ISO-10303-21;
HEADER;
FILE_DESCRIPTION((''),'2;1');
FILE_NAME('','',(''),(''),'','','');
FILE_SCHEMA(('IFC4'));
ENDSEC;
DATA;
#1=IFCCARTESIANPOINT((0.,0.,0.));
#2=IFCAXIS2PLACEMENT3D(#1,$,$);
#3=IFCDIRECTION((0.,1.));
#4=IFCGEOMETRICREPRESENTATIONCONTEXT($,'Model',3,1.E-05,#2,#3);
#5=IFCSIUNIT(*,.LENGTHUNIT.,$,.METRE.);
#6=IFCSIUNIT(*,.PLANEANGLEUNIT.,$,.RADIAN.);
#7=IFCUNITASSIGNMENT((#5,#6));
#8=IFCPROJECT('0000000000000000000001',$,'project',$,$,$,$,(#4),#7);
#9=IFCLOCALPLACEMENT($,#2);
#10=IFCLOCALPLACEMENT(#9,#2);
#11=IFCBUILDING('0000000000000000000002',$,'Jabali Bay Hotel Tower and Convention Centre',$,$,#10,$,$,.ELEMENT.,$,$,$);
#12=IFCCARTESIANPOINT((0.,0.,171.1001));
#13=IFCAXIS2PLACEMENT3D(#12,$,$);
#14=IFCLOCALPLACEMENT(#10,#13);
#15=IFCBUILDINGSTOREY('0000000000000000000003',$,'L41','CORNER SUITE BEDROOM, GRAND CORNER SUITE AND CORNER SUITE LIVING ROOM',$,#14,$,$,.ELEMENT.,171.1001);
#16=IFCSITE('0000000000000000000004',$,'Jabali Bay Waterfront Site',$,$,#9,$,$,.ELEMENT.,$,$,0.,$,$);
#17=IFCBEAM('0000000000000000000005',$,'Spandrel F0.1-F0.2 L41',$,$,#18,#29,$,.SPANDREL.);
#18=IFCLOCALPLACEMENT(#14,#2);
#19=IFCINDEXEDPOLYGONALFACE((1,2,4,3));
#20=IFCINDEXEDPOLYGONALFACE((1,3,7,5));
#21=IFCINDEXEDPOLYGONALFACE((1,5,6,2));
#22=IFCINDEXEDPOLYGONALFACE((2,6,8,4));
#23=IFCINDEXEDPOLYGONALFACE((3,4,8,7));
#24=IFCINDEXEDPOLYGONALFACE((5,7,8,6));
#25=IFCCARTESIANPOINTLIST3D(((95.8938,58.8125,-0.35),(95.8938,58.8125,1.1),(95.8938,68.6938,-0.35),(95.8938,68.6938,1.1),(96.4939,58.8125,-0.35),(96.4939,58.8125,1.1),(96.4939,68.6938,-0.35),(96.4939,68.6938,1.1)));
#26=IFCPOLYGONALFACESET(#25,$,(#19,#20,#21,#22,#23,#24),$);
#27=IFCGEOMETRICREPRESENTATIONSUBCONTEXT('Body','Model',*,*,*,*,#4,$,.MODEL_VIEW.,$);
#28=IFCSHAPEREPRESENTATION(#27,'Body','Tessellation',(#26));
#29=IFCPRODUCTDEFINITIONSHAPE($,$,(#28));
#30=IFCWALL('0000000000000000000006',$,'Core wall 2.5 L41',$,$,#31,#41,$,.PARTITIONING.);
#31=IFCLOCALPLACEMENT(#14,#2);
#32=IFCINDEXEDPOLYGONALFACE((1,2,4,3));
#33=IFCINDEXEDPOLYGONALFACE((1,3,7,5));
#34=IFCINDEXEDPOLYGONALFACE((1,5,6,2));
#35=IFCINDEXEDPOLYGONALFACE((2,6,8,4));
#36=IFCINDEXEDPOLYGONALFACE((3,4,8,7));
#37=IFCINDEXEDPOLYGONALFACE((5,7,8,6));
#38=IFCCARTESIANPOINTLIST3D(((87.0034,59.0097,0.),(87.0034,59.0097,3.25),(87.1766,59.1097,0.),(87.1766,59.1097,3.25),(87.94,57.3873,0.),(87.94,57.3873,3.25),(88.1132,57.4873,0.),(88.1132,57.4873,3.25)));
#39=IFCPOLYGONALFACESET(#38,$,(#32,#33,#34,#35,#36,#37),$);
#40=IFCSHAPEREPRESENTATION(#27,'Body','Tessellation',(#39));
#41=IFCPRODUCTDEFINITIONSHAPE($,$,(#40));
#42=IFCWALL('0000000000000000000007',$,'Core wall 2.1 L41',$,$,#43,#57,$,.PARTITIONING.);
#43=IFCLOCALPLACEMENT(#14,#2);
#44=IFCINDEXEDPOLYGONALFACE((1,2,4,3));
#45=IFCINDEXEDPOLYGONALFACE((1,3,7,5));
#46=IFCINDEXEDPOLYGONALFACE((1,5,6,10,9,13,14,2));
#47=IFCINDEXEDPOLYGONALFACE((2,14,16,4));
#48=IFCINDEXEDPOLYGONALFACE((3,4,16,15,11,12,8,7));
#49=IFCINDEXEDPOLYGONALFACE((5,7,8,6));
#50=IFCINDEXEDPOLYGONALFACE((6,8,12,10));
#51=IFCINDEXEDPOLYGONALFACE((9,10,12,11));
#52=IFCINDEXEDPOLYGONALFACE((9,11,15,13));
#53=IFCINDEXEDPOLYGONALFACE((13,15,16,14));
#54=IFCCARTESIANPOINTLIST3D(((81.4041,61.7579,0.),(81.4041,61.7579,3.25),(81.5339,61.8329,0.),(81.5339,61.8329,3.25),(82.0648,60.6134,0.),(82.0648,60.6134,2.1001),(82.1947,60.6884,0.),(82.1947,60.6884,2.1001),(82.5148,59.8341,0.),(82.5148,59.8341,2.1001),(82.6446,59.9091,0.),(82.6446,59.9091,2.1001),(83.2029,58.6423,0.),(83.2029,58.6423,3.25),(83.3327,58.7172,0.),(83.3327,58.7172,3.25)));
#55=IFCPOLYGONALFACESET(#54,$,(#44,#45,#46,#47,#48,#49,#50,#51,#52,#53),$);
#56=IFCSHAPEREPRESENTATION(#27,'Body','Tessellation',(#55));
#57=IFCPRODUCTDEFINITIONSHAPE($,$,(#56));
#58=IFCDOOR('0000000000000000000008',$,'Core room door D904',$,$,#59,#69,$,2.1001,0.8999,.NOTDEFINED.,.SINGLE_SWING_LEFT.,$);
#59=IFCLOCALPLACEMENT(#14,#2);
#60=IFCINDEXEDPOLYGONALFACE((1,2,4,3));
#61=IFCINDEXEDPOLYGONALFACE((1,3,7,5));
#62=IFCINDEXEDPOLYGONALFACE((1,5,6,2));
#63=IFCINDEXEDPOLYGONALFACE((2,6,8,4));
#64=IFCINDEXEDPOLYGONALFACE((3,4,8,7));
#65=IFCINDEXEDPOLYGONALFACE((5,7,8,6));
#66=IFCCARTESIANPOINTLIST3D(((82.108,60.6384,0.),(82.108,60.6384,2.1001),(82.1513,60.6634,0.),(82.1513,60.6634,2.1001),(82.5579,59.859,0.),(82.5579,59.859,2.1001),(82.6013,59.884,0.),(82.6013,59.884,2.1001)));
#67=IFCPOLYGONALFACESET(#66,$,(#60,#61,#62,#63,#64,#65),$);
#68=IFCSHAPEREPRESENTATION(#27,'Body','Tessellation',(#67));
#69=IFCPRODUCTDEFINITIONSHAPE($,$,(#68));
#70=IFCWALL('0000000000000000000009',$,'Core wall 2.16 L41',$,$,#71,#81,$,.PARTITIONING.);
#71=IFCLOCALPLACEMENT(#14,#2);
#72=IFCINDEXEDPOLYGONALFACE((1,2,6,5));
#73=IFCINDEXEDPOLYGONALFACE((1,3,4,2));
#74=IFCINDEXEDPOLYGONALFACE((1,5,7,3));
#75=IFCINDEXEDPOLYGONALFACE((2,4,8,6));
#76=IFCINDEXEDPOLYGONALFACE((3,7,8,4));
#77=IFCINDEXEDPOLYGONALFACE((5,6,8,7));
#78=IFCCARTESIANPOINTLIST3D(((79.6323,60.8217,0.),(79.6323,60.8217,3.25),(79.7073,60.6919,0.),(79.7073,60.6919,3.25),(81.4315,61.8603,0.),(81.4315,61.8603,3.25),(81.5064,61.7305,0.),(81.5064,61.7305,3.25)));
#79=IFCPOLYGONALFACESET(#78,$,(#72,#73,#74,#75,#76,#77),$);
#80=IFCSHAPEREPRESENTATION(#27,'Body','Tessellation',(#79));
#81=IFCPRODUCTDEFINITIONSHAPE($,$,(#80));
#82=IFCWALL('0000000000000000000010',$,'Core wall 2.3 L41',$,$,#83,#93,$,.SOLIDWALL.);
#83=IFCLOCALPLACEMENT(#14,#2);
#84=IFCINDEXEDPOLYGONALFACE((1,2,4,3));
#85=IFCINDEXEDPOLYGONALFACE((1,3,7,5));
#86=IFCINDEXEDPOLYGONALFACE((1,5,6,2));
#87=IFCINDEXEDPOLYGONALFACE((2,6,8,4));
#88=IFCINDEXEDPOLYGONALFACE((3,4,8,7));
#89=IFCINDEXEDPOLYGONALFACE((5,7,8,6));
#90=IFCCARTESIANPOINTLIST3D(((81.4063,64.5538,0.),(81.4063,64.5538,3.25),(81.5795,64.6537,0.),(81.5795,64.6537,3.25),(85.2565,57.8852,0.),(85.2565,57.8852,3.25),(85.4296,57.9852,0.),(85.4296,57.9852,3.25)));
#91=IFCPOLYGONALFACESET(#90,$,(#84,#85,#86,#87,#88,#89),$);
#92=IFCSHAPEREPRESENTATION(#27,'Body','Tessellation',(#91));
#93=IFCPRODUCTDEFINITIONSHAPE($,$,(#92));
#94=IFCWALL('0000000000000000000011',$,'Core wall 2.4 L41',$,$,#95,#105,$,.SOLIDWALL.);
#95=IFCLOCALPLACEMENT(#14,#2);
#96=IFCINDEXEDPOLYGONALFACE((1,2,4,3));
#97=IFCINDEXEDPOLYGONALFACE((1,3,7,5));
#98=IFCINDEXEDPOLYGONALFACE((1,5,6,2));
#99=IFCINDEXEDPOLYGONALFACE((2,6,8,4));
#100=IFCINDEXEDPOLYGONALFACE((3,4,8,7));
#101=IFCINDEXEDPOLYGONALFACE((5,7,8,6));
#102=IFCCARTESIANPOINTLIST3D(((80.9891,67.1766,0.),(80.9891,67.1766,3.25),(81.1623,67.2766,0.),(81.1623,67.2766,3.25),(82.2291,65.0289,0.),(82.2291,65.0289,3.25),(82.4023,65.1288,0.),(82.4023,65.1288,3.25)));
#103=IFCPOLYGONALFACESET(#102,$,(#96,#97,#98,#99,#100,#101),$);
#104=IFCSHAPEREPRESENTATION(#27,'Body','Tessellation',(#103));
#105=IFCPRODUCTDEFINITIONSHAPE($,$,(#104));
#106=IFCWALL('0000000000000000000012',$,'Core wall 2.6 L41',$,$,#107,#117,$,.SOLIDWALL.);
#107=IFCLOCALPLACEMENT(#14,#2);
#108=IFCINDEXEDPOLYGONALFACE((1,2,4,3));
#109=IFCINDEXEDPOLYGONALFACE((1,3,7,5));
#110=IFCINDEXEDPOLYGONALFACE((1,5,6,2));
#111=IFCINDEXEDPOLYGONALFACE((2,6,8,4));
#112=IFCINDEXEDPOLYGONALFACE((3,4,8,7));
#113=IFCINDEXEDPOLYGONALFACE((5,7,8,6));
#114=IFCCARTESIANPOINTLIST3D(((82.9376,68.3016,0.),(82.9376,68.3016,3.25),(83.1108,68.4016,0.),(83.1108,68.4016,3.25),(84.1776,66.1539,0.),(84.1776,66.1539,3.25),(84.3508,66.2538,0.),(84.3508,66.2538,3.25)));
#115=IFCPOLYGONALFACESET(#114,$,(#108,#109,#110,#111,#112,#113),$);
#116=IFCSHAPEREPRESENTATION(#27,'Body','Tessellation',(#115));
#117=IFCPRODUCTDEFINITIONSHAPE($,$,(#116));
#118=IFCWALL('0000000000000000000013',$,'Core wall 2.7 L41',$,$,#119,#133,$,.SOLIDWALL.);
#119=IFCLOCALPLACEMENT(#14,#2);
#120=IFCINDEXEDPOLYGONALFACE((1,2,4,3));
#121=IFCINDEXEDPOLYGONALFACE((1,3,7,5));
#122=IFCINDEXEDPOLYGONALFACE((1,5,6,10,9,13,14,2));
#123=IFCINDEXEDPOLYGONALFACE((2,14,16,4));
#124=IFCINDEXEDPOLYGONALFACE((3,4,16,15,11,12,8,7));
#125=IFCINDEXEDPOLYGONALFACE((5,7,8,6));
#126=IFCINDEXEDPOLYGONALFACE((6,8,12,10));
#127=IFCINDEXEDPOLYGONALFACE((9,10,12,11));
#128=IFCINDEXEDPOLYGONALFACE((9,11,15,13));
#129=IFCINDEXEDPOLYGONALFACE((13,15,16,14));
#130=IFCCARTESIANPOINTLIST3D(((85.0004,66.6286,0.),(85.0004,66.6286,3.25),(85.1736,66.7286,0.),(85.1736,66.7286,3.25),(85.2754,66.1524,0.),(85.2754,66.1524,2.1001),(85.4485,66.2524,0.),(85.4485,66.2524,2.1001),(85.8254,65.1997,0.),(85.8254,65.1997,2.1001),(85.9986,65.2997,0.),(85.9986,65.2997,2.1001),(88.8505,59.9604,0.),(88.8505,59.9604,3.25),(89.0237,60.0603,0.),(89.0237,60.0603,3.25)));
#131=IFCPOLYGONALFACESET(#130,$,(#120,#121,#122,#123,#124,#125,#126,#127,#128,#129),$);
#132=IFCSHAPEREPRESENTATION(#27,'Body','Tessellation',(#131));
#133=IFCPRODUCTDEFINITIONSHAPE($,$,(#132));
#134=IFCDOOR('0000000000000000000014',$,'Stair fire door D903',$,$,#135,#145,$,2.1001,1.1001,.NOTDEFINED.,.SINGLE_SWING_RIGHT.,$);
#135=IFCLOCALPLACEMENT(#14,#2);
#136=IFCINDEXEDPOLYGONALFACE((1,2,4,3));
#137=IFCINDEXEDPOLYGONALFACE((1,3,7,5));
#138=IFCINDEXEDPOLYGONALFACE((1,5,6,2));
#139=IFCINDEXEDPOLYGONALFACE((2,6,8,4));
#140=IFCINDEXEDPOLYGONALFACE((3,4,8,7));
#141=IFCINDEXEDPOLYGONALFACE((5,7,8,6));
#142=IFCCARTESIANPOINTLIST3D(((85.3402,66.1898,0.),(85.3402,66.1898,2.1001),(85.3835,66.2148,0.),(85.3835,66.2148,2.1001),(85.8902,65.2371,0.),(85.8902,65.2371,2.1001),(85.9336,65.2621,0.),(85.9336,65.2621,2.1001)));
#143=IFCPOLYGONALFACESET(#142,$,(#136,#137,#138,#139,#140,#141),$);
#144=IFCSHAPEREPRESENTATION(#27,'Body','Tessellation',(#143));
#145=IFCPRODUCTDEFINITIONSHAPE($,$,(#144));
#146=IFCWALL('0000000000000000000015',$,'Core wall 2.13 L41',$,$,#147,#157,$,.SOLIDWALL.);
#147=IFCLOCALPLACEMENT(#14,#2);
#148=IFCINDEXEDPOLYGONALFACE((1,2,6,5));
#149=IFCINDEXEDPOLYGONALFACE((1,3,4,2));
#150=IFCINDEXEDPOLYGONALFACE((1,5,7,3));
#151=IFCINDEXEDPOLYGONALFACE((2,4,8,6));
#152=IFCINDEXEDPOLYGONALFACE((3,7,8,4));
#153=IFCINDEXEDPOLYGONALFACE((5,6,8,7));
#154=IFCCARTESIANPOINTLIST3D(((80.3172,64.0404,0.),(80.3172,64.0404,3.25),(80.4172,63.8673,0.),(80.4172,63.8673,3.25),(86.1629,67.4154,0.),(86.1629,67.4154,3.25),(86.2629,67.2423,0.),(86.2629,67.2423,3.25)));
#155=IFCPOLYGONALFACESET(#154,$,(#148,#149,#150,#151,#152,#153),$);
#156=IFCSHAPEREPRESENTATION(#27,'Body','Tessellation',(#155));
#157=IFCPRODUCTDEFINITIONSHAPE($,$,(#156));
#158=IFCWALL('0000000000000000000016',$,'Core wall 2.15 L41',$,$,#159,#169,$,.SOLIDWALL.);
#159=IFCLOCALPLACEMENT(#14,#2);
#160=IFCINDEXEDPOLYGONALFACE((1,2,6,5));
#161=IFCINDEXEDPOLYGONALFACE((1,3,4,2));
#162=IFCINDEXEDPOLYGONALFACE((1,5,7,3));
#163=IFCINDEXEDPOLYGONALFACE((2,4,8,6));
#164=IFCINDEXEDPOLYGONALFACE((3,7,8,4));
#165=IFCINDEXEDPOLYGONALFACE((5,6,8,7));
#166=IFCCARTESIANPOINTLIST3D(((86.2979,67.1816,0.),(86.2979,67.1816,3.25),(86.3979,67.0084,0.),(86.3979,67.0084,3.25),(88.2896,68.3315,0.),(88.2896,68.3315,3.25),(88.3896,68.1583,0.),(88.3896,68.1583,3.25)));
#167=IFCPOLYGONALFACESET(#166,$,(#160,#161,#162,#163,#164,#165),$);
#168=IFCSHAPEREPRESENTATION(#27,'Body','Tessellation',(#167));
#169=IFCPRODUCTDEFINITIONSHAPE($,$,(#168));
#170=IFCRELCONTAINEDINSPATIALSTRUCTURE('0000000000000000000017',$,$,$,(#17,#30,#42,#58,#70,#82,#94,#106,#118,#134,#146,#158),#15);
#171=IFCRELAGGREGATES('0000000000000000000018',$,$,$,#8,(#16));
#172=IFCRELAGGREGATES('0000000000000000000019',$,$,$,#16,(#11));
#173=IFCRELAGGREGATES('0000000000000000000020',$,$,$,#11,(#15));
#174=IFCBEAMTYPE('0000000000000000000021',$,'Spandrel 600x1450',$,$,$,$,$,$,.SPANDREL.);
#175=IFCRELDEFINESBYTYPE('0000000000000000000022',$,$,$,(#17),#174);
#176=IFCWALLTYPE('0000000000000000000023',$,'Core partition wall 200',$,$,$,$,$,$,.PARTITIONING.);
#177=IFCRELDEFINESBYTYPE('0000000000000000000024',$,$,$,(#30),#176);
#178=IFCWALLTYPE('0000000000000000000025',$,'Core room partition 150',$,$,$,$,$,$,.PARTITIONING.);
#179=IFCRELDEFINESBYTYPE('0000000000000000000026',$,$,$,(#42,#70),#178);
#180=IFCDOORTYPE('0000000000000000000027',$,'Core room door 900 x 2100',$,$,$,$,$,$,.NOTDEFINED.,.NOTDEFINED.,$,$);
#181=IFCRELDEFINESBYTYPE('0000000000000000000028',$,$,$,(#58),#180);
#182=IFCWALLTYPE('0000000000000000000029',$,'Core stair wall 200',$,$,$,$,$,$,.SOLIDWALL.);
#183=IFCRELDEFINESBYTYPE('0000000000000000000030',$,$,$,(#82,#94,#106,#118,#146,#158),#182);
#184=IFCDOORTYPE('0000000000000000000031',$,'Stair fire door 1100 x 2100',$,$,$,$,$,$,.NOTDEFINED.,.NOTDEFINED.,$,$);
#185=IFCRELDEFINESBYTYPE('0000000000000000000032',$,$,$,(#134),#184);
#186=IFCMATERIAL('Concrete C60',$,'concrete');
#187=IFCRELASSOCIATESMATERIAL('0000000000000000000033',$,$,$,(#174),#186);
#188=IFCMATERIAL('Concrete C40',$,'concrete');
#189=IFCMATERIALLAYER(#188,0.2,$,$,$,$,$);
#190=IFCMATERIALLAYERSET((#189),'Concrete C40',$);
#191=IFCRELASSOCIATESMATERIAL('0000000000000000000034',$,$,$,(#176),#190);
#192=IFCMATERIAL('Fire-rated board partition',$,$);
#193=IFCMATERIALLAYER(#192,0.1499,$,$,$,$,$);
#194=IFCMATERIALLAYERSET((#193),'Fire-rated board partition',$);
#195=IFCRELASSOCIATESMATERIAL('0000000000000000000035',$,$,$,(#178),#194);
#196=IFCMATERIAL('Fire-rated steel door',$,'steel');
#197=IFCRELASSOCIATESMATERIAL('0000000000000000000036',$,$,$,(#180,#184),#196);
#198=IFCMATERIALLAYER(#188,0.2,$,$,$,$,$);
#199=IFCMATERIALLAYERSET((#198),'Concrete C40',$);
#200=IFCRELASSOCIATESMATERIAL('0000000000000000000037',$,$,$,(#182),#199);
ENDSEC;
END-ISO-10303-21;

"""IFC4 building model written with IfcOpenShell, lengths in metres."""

from ifc_helpers import new_model, si_unit, direction, frame, frame_2d, origin, origin_2d, place, context, subcontext, project, spatial, rectangle, extrude, material, layer, layer_set, material_profile, profile_set, type_object, element, fill, save


model = new_model("IFC4")

# Units and contexts
model_context = context("Model", 3, precision=1e-05, world=origin(), true_north=direction((0.0, 1.0)))
body_context = subcontext(model_context, "Body", "Model", "MODEL_VIEW")
ifc_project = project(units=[si_unit("LENGTHUNIT", "METRE"), si_unit("PLANEANGLEUNIT", "RADIAN")], contexts=[model_context])

# Site, building, storey
site_placement = place(None, origin())
site = spatial("IfcSite", under=ifc_project, at=site_placement, Name="Jabali Bay Waterfront Site", CompositionType="ELEMENT", RefElevation=0.0)
building_placement = place(site_placement, origin())
building = spatial("IfcBuilding", under=site, at=building_placement, Name="Jabali Bay Hotel Tower and Convention Centre", CompositionType="ELEMENT")
storey_placement = place(building_placement, frame((0.0, 0.0, 171.1001)))
storey = spatial("IfcBuildingStorey", under=building, at=storey_placement, Name="L41", Description="CORNER SUITE BEDROOM, GRAND CORNER SUITE AND CORNER SUITE LIVING ROOM", CompositionType="ELEMENT", Elevation=171.1001)

# Beam
ifc_material_1 = material(Name="Concrete C60", Category="concrete")
ifc_material_profile = material_profile(ifc_material_1, rectangle(XDim=0.6001, YDim=1.45, at=origin_2d()), Name="Spandrel 600x1450")
ifc_profile_set = profile_set([ifc_material_profile], Name="Concrete C60")
beam_type = type_object("IfcBeamType", Name="Spandrel 600x1450", PredefinedType="SPANDREL", material=ifc_profile_set)
beam_placement = place(storey_placement, frame((96.1938, 58.8125, 0.375), z_axis=(0.0, 1.0, 0.0), x_axis=(-1.0, 0.0, 0.0)))
element("IfcBeam", 1, at=beam_placement, inside=storey, type_object=beam_type, Name="Spandrel F0.1-F0.2 L41", PredefinedType="SPANDREL", context=body_context, shape_type="SweptSolid", body=[
    extrude(rectangle(XDim=0.6001, YDim=1.45, at=origin_2d()), origin(), (0.0, 0.0, 1.0), 9.8813),
])

# Wall
ifc_material_2 = material(Name="Concrete C40", Category="concrete")
ifc_layer_1 = layer(ifc_material_2, 0.2)
ifc_layer_set_1 = layer_set([ifc_layer_1], Name="Concrete C40")
wall_type_1 = type_object("IfcWallType", Name="Core partition wall 200", PredefinedType="PARTITIONING", material=ifc_layer_set_1)
wall_1_placement = place(storey_placement, frame((87.0901, 59.0596, 0.0), z_axis=(0.0, 0.0, 1.0), x_axis=(0.499952, -0.866053, 0.0)))
element("IfcWall", 2, at=wall_1_placement, inside=storey, type_object=wall_type_1, Name="Core wall 2.5 L41", PredefinedType="PARTITIONING", context=body_context, shape_type="SweptSolid", body=[
    extrude(rectangle(XDim=1.8733, YDim=0.2, at=frame_2d((0.9365, 0.0))), origin(), (0.0, 0.0, 1.0), 3.25),
])

# Wall, opening, door
ifc_material_3 = material(Name="Fire-rated board partition")
ifc_layer_2 = layer(ifc_material_3, 0.1499)
ifc_layer_set_2 = layer_set([ifc_layer_2], Name="Fire-rated board partition")
wall_type_2 = type_object("IfcWallType", Name="Core room partition 150", PredefinedType="PARTITIONING", material=ifc_layer_set_2)
wall_2_placement = place(storey_placement, frame((81.469, 61.7954, 0.0), z_axis=(0.0, 0.0, 1.0), x_axis=(0.499993, -0.86603, 0.0)))
wall_2 = element("IfcWall", 3, at=wall_2_placement, inside=storey, type_object=wall_type_2, Name="Core wall 2.1 L41", PredefinedType="PARTITIONING", context=body_context, shape_type="SweptSolid", body=[
    extrude(rectangle(XDim=3.5977, YDim=0.1499, at=frame_2d((1.7988, 0.0))), origin(), (0.0, 0.0, 1.0), 3.25),
])
opening_1_placement = place(wall_2_placement, frame((1.3215, 0.0, 0.0)))
opening_1 = element("IfcOpeningElement", 4, at=opening_1_placement, cuts=wall_2, PredefinedType="OPENING", context=body_context, shape_type="SweptSolid", body=[
    extrude(rectangle(XDim=0.8999, YDim=2.1001, at=frame_2d((0.45, 1.05))), frame((0.0, 0.0854, 0.0), z_axis=(0.0, -1.0, 0.0), x_axis=(1.0, 0.0, 0.0)), (0.0, 0.0, 1.0), 0.1709),
])
ifc_material_4 = material(Name="Fire-rated steel door", Category="steel")
door_type_1 = type_object("IfcDoorType", Name="Core room door 900 x 2100", OperationType="NOTDEFINED", PredefinedType="NOTDEFINED", material=ifc_material_4)
door_1_placement = place(opening_1_placement, origin())
door_1 = element("IfcDoor", 5, at=door_1_placement, inside=storey, type_object=door_type_1, Name="Core room door D904", OperationType="SINGLE_SWING_LEFT", OverallHeight=2.1001, OverallWidth=0.8999, PredefinedType="NOTDEFINED", context=body_context, shape_type="SweptSolid", body=[
    extrude(rectangle(XDim=0.8999, YDim=2.1001, at=frame_2d((0.45, 1.05))), frame((0.0, 0.0249, 0.0), z_axis=(0.0, -1.0, 0.0), x_axis=(1.0, 0.0, 0.0)), (0.0, 0.0, 1.0), 0.05),
])
fill(opening_1, door_1)

# Walls
wall_3_placement = place(storey_placement, frame((79.6699, 60.7568, 0.0), z_axis=(0.0, 0.0, 1.0), x_axis=(0.866051, 0.499956, 0.0)))
element("IfcWall", 6, at=wall_3_placement, inside=storey, type_object=wall_type_2, Name="Core wall 2.16 L41", PredefinedType="PARTITIONING", context=body_context, shape_type="SweptSolid", body=[
    extrude(rectangle(XDim=2.0774, YDim=0.1499, at=frame_2d((1.0386, 0.0))), origin(), (0.0, 0.0, 1.0), 3.25),
])
ifc_layer_3 = layer(ifc_material_2, 0.2)
ifc_layer_set_3 = layer_set([ifc_layer_3], Name="Concrete C40")
wall_type_3 = type_object("IfcWallType", Name="Core stair wall 200", PredefinedType="SOLIDWALL", material=ifc_layer_set_3)
wall_4_placement = place(storey_placement, frame((81.4929, 64.6038, 0.0), z_axis=(0.0, 0.0, 1.0), x_axis=(0.500006, -0.866022, 0.0)))
element("IfcWall", 7, at=wall_4_placement, inside=storey, type_object=wall_type_3, Name="Core wall 2.3 L41", PredefinedType="SOLIDWALL", context=body_context, shape_type="SweptSolid", body=[
    extrude(rectangle(XDim=7.7002, YDim=0.2, at=frame_2d((3.8501, 0.0))), origin(), (0.0, 0.0, 1.0), 3.25),
])
for number, where, z_axis, x_axis, name in (
    (8, (81.0757, 67.2266, 0.0), (0.0, 0.0, 1.0), (0.500004, -0.866023, 0.0), "Core wall 2.4 L41"),
    (9, (83.0242, 68.3516, 0.0), (0.0, 0.0, 1.0), (0.500004, -0.866023, 0.0), "Core wall 2.6 L41"),
):
    element("IfcWall", number, at=place(storey_placement, frame(where, z_axis=z_axis, x_axis=x_axis)), inside=storey, type_object=wall_type_3, Name=name, PredefinedType="SOLIDWALL", context=body_context, shape_type="SweptSolid", body=[
        extrude(rectangle(XDim=2.48, YDim=0.2, at=frame_2d((1.24, 0.0))), origin(), (0.0, 0.0, 1.0), 3.25),
    ])

# Wall, opening, door
wall_5_placement = place(storey_placement, frame((85.0869, 66.6787, 0.0), z_axis=(0.0, 0.0, 1.0), x_axis=(0.50002, -0.866014, 0.0)))
wall_5 = element("IfcWall", 10, at=wall_5_placement, inside=storey, type_object=wall_type_3, Name="Core wall 2.7 L41", PredefinedType="SOLIDWALL", context=body_context, shape_type="SweptSolid", body=[
    extrude(rectangle(XDim=7.7, YDim=0.2, at=frame_2d((3.8501, 0.0))), origin(), (0.0, 0.0, 1.0), 3.25),
])
opening_2_placement = place(wall_5_placement, frame((0.55, 0.0, 0.0)))
opening_2 = element("IfcOpeningElement", 11, at=opening_2_placement, cuts=wall_5, PredefinedType="OPENING", context=body_context, shape_type="SweptSolid", body=[
    extrude(rectangle(XDim=1.1001, YDim=2.1001, at=frame_2d((0.55, 1.05))), frame((0.0, 0.1104, 0.0), z_axis=(0.0, -1.0, 0.0), x_axis=(1.0, 0.0, 0.0)), (0.0, 0.0, 1.0), 0.2209),
])
door_type_2 = type_object("IfcDoorType", Name="Stair fire door 1100 x 2100", OperationType="NOTDEFINED", PredefinedType="NOTDEFINED", material=ifc_material_4)
door_2_placement = place(opening_2_placement, origin())
door_2 = element("IfcDoor", 12, at=door_2_placement, inside=storey, type_object=door_type_2, Name="Stair fire door D903", OperationType="SINGLE_SWING_RIGHT", OverallHeight=2.1001, OverallWidth=1.1001, PredefinedType="NOTDEFINED", context=body_context, shape_type="SweptSolid", body=[
    extrude(rectangle(XDim=1.1001, YDim=2.1001, at=frame_2d((0.55, 1.05))), frame((0.0, 0.0249, 0.0), z_axis=(0.0, -1.0, 0.0), x_axis=(1.0, 0.0, 0.0)), (0.0, 0.0, 1.0), 0.05),
])
fill(opening_2, door_2)

# Walls
wall_6_placement = place(storey_placement, frame((80.3672, 63.9539, 0.0), z_axis=(0.0, 0.0, 1.0), x_axis=(0.866027, 0.499998, 0.0)))
element("IfcWall", 13, at=wall_6_placement, inside=storey, type_object=wall_type_3, Name="Core wall 2.13 L41", PredefinedType="SOLIDWALL", context=body_context, shape_type="SweptSolid", body=[
    extrude(rectangle(XDim=6.75, YDim=0.2, at=frame_2d((3.375, 0.0))), origin(), (0.0, 0.0, 1.0), 3.25),
])
wall_7_placement = place(storey_placement, frame((86.3479, 67.095, 0.0), z_axis=(0.0, 0.0, 1.0), x_axis=(0.866026, 0.499998, 0.0)))
element("IfcWall", 14, at=wall_7_placement, inside=storey, type_object=wall_type_3, Name="Core wall 2.15 L41", PredefinedType="SOLIDWALL", context=body_context, shape_type="SweptSolid", body=[
    extrude(rectangle(XDim=2.2998, YDim=0.2, at=frame_2d((1.1499, 0.0))), origin(), (0.0, 0.0, 1.0), 3.25),
])

save(model, "model.ifc")
